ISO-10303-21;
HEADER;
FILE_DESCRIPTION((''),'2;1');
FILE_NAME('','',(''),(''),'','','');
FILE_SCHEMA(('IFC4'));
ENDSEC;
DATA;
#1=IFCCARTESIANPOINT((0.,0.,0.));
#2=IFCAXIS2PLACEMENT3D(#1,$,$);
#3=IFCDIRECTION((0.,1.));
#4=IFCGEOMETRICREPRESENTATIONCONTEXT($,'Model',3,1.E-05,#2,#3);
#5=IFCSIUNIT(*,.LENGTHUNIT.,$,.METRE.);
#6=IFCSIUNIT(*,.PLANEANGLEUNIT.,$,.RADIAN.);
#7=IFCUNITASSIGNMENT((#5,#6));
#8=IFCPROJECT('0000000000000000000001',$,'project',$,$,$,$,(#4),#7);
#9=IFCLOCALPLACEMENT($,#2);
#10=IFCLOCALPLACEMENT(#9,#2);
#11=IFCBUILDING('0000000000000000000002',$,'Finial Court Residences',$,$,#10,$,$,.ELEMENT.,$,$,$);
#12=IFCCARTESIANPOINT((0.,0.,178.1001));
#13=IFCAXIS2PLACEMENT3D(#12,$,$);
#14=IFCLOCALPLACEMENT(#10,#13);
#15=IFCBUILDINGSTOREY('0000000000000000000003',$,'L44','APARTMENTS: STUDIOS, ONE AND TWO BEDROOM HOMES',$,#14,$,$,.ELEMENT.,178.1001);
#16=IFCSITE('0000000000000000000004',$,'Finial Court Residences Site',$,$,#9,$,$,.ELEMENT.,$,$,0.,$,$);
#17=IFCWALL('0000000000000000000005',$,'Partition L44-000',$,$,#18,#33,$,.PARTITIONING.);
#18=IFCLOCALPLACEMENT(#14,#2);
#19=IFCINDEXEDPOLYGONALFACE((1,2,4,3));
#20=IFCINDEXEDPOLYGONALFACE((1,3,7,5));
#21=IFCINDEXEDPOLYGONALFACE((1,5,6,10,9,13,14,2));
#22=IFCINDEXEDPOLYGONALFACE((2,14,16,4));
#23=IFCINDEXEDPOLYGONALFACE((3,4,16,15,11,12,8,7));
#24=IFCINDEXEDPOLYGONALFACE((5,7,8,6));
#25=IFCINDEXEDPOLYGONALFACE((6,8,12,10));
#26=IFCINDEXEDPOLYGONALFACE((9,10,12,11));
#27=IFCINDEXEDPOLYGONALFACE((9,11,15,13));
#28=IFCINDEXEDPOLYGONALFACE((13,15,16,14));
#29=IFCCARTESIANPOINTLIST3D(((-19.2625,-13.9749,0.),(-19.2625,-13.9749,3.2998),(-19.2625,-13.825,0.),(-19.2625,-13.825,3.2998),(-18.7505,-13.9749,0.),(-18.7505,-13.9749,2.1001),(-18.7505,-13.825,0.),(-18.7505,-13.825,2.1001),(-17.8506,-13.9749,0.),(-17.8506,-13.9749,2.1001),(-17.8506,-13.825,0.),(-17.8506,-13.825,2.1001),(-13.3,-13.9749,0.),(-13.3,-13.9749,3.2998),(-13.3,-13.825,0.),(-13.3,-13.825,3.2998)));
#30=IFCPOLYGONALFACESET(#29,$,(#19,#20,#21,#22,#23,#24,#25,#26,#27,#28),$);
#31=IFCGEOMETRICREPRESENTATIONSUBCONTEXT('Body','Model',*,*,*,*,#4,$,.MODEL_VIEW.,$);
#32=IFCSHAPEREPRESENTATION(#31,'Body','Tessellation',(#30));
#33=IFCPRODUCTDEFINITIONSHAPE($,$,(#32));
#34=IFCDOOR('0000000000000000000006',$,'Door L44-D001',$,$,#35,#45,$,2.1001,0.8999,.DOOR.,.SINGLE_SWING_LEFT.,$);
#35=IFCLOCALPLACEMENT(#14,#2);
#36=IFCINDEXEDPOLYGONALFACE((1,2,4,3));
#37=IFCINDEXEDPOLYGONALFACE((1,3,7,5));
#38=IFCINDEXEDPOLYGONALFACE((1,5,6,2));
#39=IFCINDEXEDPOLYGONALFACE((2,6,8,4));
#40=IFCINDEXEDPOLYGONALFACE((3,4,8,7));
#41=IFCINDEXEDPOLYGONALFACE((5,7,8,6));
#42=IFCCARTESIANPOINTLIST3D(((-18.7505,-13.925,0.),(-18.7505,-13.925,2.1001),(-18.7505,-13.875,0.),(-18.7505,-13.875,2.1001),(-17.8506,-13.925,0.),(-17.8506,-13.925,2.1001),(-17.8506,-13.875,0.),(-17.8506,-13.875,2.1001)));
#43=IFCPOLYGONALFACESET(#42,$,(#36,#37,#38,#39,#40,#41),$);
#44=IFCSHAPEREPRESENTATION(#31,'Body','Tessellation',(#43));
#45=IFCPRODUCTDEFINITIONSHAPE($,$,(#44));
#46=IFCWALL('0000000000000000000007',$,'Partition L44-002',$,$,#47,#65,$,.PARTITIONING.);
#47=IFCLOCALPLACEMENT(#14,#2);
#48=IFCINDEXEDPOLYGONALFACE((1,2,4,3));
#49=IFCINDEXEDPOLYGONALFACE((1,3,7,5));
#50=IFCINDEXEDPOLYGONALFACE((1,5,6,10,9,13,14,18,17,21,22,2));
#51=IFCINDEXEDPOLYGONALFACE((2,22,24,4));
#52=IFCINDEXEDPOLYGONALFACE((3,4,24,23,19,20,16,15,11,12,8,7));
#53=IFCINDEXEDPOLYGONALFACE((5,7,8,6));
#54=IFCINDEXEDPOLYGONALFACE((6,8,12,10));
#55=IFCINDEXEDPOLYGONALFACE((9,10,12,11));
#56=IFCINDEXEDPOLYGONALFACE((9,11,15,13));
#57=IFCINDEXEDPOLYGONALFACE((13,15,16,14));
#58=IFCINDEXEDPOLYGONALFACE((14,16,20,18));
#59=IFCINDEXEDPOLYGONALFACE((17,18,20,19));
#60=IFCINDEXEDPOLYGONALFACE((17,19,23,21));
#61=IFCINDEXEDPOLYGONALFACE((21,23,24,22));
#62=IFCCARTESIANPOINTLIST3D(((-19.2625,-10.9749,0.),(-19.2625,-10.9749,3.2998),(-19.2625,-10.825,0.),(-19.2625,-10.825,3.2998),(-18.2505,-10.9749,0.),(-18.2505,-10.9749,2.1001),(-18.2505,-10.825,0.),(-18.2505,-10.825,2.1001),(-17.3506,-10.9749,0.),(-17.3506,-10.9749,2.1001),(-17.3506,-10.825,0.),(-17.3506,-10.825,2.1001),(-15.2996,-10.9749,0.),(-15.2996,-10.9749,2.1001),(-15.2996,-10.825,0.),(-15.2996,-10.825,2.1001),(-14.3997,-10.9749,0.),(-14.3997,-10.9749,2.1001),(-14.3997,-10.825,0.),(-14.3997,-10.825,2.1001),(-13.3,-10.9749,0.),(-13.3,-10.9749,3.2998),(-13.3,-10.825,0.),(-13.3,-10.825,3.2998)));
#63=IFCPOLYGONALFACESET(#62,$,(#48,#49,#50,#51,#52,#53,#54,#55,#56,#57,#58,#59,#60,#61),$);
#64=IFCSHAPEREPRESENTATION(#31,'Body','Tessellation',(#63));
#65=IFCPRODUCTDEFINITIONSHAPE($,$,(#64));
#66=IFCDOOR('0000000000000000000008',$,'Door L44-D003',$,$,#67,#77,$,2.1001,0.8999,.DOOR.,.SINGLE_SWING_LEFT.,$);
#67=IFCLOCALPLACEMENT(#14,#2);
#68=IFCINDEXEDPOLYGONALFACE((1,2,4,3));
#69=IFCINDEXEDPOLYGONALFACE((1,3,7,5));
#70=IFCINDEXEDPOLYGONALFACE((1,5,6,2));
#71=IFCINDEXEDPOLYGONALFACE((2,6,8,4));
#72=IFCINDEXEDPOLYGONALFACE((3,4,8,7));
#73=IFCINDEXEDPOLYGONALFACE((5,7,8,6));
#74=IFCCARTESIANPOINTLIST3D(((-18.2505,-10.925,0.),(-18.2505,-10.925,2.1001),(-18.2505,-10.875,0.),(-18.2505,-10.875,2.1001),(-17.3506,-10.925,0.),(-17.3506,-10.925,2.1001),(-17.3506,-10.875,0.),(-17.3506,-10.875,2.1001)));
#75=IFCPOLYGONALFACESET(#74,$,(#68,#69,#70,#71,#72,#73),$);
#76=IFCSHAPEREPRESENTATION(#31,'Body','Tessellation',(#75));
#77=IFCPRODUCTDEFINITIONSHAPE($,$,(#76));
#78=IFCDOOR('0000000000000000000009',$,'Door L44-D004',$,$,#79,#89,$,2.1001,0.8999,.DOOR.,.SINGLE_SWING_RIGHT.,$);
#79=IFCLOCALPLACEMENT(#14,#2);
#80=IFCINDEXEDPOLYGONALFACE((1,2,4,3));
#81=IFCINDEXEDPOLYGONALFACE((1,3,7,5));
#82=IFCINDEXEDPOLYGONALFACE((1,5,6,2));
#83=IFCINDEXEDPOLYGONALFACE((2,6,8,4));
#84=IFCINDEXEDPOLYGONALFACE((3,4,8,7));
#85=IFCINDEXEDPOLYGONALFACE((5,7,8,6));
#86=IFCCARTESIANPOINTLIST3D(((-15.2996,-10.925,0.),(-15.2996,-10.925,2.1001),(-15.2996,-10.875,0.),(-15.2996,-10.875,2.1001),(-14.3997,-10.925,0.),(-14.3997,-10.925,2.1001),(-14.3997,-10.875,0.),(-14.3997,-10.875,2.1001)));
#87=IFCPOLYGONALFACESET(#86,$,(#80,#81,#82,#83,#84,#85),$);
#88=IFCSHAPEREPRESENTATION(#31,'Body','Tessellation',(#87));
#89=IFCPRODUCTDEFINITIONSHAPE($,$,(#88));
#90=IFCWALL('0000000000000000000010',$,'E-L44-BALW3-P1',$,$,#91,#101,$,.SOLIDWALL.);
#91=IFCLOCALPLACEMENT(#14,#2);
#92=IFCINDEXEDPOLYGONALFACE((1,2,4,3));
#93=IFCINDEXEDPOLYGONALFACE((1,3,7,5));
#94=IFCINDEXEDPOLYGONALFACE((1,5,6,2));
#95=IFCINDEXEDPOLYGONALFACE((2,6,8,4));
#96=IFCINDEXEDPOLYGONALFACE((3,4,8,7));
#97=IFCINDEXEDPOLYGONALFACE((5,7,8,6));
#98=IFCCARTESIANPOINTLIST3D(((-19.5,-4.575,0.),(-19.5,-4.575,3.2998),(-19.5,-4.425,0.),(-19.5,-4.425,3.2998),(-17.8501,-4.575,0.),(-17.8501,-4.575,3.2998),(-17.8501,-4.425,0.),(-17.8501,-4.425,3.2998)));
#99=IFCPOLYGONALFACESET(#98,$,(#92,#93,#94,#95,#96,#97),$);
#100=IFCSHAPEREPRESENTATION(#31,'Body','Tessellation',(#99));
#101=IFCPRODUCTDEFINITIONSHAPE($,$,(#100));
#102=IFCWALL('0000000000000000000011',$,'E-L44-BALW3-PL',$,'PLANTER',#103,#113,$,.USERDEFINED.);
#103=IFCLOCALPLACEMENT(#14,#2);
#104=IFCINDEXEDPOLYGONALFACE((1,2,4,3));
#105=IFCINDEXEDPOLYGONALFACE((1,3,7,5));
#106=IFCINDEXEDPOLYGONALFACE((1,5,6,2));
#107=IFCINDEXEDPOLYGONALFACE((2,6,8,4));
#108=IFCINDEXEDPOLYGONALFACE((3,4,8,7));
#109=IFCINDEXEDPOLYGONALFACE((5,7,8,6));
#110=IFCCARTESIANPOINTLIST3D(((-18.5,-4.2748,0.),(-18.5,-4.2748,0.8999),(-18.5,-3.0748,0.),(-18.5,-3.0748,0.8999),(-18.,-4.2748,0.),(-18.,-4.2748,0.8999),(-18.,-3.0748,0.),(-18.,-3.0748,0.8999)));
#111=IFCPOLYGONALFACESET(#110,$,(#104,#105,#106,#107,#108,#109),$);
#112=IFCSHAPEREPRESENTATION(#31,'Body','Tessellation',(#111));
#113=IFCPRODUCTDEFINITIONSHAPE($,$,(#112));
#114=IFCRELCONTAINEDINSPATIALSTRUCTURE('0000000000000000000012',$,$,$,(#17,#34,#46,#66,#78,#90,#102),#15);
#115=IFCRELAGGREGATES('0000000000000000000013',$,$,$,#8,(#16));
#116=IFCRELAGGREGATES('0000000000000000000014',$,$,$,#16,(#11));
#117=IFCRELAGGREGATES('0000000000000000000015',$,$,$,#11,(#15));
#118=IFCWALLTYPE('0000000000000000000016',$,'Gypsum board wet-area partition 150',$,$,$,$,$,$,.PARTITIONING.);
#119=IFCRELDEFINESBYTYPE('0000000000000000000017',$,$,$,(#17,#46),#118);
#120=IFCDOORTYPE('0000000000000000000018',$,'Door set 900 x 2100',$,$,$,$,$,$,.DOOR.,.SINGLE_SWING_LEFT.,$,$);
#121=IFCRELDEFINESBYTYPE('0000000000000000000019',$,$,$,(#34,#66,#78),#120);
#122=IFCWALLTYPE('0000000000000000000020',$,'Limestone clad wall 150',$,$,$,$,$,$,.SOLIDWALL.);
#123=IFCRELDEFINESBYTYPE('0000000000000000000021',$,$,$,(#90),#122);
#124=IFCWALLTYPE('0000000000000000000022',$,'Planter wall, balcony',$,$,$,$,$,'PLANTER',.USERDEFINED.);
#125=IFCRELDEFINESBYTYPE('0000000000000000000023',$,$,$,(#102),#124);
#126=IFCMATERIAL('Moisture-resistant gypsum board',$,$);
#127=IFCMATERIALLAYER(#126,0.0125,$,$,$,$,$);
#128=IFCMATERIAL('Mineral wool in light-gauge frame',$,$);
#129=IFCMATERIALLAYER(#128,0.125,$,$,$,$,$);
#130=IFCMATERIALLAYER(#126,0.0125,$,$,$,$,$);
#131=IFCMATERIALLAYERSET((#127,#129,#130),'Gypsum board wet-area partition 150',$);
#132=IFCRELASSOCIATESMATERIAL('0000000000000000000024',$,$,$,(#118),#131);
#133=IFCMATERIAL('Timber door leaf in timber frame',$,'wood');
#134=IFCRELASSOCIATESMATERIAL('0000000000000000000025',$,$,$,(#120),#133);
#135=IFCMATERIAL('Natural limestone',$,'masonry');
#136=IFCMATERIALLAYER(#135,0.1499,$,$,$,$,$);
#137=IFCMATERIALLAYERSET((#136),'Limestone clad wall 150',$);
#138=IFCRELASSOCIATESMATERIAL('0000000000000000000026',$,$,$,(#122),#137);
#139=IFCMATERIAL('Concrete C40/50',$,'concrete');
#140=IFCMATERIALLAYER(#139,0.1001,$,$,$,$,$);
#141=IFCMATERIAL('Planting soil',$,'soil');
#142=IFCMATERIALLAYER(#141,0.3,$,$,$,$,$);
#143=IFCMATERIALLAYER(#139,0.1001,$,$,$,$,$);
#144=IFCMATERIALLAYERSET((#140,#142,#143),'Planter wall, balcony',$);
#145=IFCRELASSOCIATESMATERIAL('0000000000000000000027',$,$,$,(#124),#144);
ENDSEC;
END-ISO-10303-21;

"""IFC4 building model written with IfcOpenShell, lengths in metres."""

from ifc_helpers import new_model, si_unit, direction, frame, frame_2d, origin, place, context, subcontext, project, spatial, rectangle, extrude, material, layer, layer_set, type_object, element, fill, save


model = new_model("IFC4")

# Units and contexts
model_context = context("Model", 3, precision=1e-05, world=origin(), true_north=direction((0.0, 1.0)))
body_context = subcontext(model_context, "Body", "Model", "MODEL_VIEW")
ifc_project = project(units=[si_unit("LENGTHUNIT", "METRE"), si_unit("PLANEANGLEUNIT", "RADIAN")], contexts=[model_context])

# Site, building, storey
site_placement = place(None, origin())
site = spatial("IfcSite", under=ifc_project, at=site_placement, Name="Finial Court Residences Site", CompositionType="ELEMENT", RefElevation=0.0)
building_placement = place(site_placement, origin())
building = spatial("IfcBuilding", under=site, at=building_placement, Name="Finial Court Residences", CompositionType="ELEMENT")
storey_placement = place(building_placement, frame((0.0, 0.0, 178.1001)))
storey = spatial("IfcBuildingStorey", under=building, at=storey_placement, Name="L44", Description="APARTMENTS: STUDIOS, ONE AND TWO BEDROOM HOMES", CompositionType="ELEMENT", Elevation=178.1001)

# Wall, opening, door
ifc_material_1 = material(Name="Moisture-resistant gypsum board")
ifc_layer_1 = layer(ifc_material_1, 0.0125)
ifc_material_2 = material(Name="Mineral wool in light-gauge frame")
ifc_layer_2 = layer(ifc_material_2, 0.125)
ifc_layer_3 = layer(ifc_material_1, 0.0125)
ifc_layer_set_1 = layer_set([ifc_layer_1, ifc_layer_2, ifc_layer_3], Name="Gypsum board wet-area partition 150")
wall_type_1 = type_object("IfcWallType", Name="Gypsum board wet-area partition 150", PredefinedType="PARTITIONING", material=ifc_layer_set_1)
wall_1_placement = place(storey_placement, frame((-19.2625, -13.8999, 0.0), z_axis=(0.0, 0.0, 1.0), x_axis=(1.0, 0.0, 0.0)))
wall_1 = element("IfcWall", 1, at=wall_1_placement, inside=storey, type_object=wall_type_1, Name="Partition L44-000", PredefinedType="PARTITIONING", context=body_context, shape_type="SweptSolid", body=[
    extrude(rectangle(XDim=5.9624, YDim=0.1499, at=frame_2d((2.9812, 0.0))), origin(), (0.0, 0.0, 1.0), 3.2998),
])
opening_1_placement = place(wall_1_placement, frame((0.512, 0.0, 0.0)))
opening_1 = element("IfcOpeningElement", 2, at=opening_1_placement, cuts=wall_1, PredefinedType="OPENING", context=body_context, shape_type="SweptSolid", body=[
    extrude(rectangle(XDim=0.8999, YDim=2.1001, at=frame_2d((0.45, 1.05))), frame((0.0, 0.085, 0.0), z_axis=(0.0, -1.0, 0.0), x_axis=(1.0, 0.0, 0.0)), (0.0, 0.0, 1.0), 0.1699),
])
ifc_material_3 = material(Name="Timber door leaf in timber frame", Category="wood")
door_type_1 = type_object("IfcDoorType", Name="Door set 900 x 2100", OperationType="SINGLE_SWING_LEFT", PredefinedType="DOOR", material=ifc_material_3)
door_1_placement = place(opening_1_placement, origin())
door_1 = element("IfcDoor", 3, at=door_1_placement, inside=storey, type_object=door_type_1, Name="Door L44-D001", OperationType="SINGLE_SWING_LEFT", OverallHeight=2.1001, OverallWidth=0.8999, PredefinedType="DOOR", context=body_context, shape_type="SweptSolid", body=[
    extrude(rectangle(XDim=0.8999, YDim=2.1001, at=frame_2d((0.45, 1.05))), frame((0.0, 0.0249, 0.0), z_axis=(0.0, -1.0, 0.0), x_axis=(1.0, 0.0, 0.0)), (0.0, 0.0, 1.0), 0.05),
])
fill(opening_1, door_1)

# Wall, openings, doors
wall_2_placement = place(storey_placement, frame((-19.2625, -10.8999, 0.0), z_axis=(0.0, 0.0, 1.0), x_axis=(1.0, 0.0, 0.0)))
wall_2 = element("IfcWall", 4, at=wall_2_placement, inside=storey, type_object=wall_type_1, Name="Partition L44-002", PredefinedType="PARTITIONING", context=body_context, shape_type="SweptSolid", body=[
    extrude(rectangle(XDim=5.9624, YDim=0.1499, at=frame_2d((2.9812, 0.0))), origin(), (0.0, 0.0, 1.0), 3.2998),
])
opening_2_placement = place(wall_2_placement, frame((1.012, 0.0, 0.0)))
opening_2 = element("IfcOpeningElement", 5, at=opening_2_placement, cuts=wall_2, PredefinedType="OPENING", context=body_context, shape_type="SweptSolid", body=[
    extrude(rectangle(XDim=0.8999, YDim=2.1001, at=frame_2d((0.45, 1.05))), frame((0.0, 0.085, 0.0), z_axis=(0.0, -1.0, 0.0), x_axis=(1.0, 0.0, 0.0)), (0.0, 0.0, 1.0), 0.1699),
])
opening_3_placement = place(wall_2_placement, frame((3.9629, 0.0, 0.0)))
opening_3 = element("IfcOpeningElement", 6, at=opening_3_placement, cuts=wall_2, PredefinedType="OPENING", context=body_context, shape_type="SweptSolid", body=[
    extrude(rectangle(XDim=0.8999, YDim=2.1001, at=frame_2d((0.45, 1.05))), frame((0.0, 0.085, 0.0), z_axis=(0.0, -1.0, 0.0), x_axis=(1.0, 0.0, 0.0)), (0.0, 0.0, 1.0), 0.1699),
])
door_2_placement = place(opening_2_placement, origin())
door_2 = element("IfcDoor", 7, at=door_2_placement, inside=storey, type_object=door_type_1, Name="Door L44-D003", OperationType="SINGLE_SWING_LEFT", OverallHeight=2.1001, OverallWidth=0.8999, PredefinedType="DOOR", context=body_context, shape_type="SweptSolid", body=[
    extrude(rectangle(XDim=0.8999, YDim=2.1001, at=frame_2d((0.45, 1.05))), frame((0.0, 0.0249, 0.0), z_axis=(0.0, -1.0, 0.0), x_axis=(1.0, 0.0, 0.0)), (0.0, 0.0, 1.0), 0.05),
])
fill(opening_2, door_2)
door_3_placement = place(opening_3_placement, origin())
door_3 = element("IfcDoor", 8, at=door_3_placement, inside=storey, type_object=door_type_1, Name="Door L44-D004", OperationType="SINGLE_SWING_RIGHT", OverallHeight=2.1001, OverallWidth=0.8999, PredefinedType="DOOR", context=body_context, shape_type="SweptSolid", body=[
    extrude(rectangle(XDim=0.8999, YDim=2.1001, at=frame_2d((0.45, 1.05))), frame((0.0, 0.0249, 0.0), z_axis=(0.0, -1.0, 0.0), x_axis=(1.0, 0.0, 0.0)), (0.0, 0.0, 1.0), 0.05),
])
fill(opening_3, door_3)

# Wall
ifc_material_4 = material(Name="Natural limestone", Category="masonry")
ifc_layer_4 = layer(ifc_material_4, 0.1499)
ifc_layer_set_2 = layer_set([ifc_layer_4], Name="Limestone clad wall 150")
wall_type_2 = type_object("IfcWallType", Name="Limestone clad wall 150", PredefinedType="SOLIDWALL", material=ifc_layer_set_2)
wall_3_placement = place(storey_placement, frame((-17.8501, -4.5, 0.0), z_axis=(0.0, 0.0, 1.0), x_axis=(-1.0, 0.0, 0.0)))
element("IfcWall", 9, at=wall_3_placement, inside=storey, type_object=wall_type_2, Name="E-L44-BALW3-P1", PredefinedType="SOLIDWALL", context=body_context, shape_type="SweptSolid", body=[
    extrude(rectangle(XDim=1.6499, YDim=0.1499, at=frame_2d((0.825, 0.0))), origin(), (0.0, 0.0, 1.0), 3.2998),
])

# Wall
ifc_material_5 = material(Name="Concrete C40/50", Category="concrete")
ifc_layer_5 = layer(ifc_material_5, 0.1001)
ifc_material_6 = material(Name="Planting soil", Category="soil")
ifc_layer_6 = layer(ifc_material_6, 0.3)
ifc_layer_7 = layer(ifc_material_5, 0.1001)
ifc_layer_set_3 = layer_set([ifc_layer_5, ifc_layer_6, ifc_layer_7], Name="Planter wall, balcony")
wall_type_3 = type_object("IfcWallType", Name="Planter wall, balcony", ElementType="PLANTER", PredefinedType="USERDEFINED", material=ifc_layer_set_3)
wall_4_placement = place(storey_placement, frame((-18.25, -4.2749, 0.0), z_axis=(0.0, 0.0, 1.0), x_axis=(0.0, 1.0, 0.0)))
element("IfcWall", 10, at=wall_4_placement, inside=storey, type_object=wall_type_3, Name="E-L44-BALW3-PL", ObjectType="PLANTER", PredefinedType="USERDEFINED", context=body_context, shape_type="SweptSolid", body=[
    extrude(rectangle(XDim=1.2, YDim=0.5, at=frame_2d((0.6001, 0.0))), origin(), (0.0, 0.0, 1.0), 0.8999),
])

save(model, "model.ifc")
